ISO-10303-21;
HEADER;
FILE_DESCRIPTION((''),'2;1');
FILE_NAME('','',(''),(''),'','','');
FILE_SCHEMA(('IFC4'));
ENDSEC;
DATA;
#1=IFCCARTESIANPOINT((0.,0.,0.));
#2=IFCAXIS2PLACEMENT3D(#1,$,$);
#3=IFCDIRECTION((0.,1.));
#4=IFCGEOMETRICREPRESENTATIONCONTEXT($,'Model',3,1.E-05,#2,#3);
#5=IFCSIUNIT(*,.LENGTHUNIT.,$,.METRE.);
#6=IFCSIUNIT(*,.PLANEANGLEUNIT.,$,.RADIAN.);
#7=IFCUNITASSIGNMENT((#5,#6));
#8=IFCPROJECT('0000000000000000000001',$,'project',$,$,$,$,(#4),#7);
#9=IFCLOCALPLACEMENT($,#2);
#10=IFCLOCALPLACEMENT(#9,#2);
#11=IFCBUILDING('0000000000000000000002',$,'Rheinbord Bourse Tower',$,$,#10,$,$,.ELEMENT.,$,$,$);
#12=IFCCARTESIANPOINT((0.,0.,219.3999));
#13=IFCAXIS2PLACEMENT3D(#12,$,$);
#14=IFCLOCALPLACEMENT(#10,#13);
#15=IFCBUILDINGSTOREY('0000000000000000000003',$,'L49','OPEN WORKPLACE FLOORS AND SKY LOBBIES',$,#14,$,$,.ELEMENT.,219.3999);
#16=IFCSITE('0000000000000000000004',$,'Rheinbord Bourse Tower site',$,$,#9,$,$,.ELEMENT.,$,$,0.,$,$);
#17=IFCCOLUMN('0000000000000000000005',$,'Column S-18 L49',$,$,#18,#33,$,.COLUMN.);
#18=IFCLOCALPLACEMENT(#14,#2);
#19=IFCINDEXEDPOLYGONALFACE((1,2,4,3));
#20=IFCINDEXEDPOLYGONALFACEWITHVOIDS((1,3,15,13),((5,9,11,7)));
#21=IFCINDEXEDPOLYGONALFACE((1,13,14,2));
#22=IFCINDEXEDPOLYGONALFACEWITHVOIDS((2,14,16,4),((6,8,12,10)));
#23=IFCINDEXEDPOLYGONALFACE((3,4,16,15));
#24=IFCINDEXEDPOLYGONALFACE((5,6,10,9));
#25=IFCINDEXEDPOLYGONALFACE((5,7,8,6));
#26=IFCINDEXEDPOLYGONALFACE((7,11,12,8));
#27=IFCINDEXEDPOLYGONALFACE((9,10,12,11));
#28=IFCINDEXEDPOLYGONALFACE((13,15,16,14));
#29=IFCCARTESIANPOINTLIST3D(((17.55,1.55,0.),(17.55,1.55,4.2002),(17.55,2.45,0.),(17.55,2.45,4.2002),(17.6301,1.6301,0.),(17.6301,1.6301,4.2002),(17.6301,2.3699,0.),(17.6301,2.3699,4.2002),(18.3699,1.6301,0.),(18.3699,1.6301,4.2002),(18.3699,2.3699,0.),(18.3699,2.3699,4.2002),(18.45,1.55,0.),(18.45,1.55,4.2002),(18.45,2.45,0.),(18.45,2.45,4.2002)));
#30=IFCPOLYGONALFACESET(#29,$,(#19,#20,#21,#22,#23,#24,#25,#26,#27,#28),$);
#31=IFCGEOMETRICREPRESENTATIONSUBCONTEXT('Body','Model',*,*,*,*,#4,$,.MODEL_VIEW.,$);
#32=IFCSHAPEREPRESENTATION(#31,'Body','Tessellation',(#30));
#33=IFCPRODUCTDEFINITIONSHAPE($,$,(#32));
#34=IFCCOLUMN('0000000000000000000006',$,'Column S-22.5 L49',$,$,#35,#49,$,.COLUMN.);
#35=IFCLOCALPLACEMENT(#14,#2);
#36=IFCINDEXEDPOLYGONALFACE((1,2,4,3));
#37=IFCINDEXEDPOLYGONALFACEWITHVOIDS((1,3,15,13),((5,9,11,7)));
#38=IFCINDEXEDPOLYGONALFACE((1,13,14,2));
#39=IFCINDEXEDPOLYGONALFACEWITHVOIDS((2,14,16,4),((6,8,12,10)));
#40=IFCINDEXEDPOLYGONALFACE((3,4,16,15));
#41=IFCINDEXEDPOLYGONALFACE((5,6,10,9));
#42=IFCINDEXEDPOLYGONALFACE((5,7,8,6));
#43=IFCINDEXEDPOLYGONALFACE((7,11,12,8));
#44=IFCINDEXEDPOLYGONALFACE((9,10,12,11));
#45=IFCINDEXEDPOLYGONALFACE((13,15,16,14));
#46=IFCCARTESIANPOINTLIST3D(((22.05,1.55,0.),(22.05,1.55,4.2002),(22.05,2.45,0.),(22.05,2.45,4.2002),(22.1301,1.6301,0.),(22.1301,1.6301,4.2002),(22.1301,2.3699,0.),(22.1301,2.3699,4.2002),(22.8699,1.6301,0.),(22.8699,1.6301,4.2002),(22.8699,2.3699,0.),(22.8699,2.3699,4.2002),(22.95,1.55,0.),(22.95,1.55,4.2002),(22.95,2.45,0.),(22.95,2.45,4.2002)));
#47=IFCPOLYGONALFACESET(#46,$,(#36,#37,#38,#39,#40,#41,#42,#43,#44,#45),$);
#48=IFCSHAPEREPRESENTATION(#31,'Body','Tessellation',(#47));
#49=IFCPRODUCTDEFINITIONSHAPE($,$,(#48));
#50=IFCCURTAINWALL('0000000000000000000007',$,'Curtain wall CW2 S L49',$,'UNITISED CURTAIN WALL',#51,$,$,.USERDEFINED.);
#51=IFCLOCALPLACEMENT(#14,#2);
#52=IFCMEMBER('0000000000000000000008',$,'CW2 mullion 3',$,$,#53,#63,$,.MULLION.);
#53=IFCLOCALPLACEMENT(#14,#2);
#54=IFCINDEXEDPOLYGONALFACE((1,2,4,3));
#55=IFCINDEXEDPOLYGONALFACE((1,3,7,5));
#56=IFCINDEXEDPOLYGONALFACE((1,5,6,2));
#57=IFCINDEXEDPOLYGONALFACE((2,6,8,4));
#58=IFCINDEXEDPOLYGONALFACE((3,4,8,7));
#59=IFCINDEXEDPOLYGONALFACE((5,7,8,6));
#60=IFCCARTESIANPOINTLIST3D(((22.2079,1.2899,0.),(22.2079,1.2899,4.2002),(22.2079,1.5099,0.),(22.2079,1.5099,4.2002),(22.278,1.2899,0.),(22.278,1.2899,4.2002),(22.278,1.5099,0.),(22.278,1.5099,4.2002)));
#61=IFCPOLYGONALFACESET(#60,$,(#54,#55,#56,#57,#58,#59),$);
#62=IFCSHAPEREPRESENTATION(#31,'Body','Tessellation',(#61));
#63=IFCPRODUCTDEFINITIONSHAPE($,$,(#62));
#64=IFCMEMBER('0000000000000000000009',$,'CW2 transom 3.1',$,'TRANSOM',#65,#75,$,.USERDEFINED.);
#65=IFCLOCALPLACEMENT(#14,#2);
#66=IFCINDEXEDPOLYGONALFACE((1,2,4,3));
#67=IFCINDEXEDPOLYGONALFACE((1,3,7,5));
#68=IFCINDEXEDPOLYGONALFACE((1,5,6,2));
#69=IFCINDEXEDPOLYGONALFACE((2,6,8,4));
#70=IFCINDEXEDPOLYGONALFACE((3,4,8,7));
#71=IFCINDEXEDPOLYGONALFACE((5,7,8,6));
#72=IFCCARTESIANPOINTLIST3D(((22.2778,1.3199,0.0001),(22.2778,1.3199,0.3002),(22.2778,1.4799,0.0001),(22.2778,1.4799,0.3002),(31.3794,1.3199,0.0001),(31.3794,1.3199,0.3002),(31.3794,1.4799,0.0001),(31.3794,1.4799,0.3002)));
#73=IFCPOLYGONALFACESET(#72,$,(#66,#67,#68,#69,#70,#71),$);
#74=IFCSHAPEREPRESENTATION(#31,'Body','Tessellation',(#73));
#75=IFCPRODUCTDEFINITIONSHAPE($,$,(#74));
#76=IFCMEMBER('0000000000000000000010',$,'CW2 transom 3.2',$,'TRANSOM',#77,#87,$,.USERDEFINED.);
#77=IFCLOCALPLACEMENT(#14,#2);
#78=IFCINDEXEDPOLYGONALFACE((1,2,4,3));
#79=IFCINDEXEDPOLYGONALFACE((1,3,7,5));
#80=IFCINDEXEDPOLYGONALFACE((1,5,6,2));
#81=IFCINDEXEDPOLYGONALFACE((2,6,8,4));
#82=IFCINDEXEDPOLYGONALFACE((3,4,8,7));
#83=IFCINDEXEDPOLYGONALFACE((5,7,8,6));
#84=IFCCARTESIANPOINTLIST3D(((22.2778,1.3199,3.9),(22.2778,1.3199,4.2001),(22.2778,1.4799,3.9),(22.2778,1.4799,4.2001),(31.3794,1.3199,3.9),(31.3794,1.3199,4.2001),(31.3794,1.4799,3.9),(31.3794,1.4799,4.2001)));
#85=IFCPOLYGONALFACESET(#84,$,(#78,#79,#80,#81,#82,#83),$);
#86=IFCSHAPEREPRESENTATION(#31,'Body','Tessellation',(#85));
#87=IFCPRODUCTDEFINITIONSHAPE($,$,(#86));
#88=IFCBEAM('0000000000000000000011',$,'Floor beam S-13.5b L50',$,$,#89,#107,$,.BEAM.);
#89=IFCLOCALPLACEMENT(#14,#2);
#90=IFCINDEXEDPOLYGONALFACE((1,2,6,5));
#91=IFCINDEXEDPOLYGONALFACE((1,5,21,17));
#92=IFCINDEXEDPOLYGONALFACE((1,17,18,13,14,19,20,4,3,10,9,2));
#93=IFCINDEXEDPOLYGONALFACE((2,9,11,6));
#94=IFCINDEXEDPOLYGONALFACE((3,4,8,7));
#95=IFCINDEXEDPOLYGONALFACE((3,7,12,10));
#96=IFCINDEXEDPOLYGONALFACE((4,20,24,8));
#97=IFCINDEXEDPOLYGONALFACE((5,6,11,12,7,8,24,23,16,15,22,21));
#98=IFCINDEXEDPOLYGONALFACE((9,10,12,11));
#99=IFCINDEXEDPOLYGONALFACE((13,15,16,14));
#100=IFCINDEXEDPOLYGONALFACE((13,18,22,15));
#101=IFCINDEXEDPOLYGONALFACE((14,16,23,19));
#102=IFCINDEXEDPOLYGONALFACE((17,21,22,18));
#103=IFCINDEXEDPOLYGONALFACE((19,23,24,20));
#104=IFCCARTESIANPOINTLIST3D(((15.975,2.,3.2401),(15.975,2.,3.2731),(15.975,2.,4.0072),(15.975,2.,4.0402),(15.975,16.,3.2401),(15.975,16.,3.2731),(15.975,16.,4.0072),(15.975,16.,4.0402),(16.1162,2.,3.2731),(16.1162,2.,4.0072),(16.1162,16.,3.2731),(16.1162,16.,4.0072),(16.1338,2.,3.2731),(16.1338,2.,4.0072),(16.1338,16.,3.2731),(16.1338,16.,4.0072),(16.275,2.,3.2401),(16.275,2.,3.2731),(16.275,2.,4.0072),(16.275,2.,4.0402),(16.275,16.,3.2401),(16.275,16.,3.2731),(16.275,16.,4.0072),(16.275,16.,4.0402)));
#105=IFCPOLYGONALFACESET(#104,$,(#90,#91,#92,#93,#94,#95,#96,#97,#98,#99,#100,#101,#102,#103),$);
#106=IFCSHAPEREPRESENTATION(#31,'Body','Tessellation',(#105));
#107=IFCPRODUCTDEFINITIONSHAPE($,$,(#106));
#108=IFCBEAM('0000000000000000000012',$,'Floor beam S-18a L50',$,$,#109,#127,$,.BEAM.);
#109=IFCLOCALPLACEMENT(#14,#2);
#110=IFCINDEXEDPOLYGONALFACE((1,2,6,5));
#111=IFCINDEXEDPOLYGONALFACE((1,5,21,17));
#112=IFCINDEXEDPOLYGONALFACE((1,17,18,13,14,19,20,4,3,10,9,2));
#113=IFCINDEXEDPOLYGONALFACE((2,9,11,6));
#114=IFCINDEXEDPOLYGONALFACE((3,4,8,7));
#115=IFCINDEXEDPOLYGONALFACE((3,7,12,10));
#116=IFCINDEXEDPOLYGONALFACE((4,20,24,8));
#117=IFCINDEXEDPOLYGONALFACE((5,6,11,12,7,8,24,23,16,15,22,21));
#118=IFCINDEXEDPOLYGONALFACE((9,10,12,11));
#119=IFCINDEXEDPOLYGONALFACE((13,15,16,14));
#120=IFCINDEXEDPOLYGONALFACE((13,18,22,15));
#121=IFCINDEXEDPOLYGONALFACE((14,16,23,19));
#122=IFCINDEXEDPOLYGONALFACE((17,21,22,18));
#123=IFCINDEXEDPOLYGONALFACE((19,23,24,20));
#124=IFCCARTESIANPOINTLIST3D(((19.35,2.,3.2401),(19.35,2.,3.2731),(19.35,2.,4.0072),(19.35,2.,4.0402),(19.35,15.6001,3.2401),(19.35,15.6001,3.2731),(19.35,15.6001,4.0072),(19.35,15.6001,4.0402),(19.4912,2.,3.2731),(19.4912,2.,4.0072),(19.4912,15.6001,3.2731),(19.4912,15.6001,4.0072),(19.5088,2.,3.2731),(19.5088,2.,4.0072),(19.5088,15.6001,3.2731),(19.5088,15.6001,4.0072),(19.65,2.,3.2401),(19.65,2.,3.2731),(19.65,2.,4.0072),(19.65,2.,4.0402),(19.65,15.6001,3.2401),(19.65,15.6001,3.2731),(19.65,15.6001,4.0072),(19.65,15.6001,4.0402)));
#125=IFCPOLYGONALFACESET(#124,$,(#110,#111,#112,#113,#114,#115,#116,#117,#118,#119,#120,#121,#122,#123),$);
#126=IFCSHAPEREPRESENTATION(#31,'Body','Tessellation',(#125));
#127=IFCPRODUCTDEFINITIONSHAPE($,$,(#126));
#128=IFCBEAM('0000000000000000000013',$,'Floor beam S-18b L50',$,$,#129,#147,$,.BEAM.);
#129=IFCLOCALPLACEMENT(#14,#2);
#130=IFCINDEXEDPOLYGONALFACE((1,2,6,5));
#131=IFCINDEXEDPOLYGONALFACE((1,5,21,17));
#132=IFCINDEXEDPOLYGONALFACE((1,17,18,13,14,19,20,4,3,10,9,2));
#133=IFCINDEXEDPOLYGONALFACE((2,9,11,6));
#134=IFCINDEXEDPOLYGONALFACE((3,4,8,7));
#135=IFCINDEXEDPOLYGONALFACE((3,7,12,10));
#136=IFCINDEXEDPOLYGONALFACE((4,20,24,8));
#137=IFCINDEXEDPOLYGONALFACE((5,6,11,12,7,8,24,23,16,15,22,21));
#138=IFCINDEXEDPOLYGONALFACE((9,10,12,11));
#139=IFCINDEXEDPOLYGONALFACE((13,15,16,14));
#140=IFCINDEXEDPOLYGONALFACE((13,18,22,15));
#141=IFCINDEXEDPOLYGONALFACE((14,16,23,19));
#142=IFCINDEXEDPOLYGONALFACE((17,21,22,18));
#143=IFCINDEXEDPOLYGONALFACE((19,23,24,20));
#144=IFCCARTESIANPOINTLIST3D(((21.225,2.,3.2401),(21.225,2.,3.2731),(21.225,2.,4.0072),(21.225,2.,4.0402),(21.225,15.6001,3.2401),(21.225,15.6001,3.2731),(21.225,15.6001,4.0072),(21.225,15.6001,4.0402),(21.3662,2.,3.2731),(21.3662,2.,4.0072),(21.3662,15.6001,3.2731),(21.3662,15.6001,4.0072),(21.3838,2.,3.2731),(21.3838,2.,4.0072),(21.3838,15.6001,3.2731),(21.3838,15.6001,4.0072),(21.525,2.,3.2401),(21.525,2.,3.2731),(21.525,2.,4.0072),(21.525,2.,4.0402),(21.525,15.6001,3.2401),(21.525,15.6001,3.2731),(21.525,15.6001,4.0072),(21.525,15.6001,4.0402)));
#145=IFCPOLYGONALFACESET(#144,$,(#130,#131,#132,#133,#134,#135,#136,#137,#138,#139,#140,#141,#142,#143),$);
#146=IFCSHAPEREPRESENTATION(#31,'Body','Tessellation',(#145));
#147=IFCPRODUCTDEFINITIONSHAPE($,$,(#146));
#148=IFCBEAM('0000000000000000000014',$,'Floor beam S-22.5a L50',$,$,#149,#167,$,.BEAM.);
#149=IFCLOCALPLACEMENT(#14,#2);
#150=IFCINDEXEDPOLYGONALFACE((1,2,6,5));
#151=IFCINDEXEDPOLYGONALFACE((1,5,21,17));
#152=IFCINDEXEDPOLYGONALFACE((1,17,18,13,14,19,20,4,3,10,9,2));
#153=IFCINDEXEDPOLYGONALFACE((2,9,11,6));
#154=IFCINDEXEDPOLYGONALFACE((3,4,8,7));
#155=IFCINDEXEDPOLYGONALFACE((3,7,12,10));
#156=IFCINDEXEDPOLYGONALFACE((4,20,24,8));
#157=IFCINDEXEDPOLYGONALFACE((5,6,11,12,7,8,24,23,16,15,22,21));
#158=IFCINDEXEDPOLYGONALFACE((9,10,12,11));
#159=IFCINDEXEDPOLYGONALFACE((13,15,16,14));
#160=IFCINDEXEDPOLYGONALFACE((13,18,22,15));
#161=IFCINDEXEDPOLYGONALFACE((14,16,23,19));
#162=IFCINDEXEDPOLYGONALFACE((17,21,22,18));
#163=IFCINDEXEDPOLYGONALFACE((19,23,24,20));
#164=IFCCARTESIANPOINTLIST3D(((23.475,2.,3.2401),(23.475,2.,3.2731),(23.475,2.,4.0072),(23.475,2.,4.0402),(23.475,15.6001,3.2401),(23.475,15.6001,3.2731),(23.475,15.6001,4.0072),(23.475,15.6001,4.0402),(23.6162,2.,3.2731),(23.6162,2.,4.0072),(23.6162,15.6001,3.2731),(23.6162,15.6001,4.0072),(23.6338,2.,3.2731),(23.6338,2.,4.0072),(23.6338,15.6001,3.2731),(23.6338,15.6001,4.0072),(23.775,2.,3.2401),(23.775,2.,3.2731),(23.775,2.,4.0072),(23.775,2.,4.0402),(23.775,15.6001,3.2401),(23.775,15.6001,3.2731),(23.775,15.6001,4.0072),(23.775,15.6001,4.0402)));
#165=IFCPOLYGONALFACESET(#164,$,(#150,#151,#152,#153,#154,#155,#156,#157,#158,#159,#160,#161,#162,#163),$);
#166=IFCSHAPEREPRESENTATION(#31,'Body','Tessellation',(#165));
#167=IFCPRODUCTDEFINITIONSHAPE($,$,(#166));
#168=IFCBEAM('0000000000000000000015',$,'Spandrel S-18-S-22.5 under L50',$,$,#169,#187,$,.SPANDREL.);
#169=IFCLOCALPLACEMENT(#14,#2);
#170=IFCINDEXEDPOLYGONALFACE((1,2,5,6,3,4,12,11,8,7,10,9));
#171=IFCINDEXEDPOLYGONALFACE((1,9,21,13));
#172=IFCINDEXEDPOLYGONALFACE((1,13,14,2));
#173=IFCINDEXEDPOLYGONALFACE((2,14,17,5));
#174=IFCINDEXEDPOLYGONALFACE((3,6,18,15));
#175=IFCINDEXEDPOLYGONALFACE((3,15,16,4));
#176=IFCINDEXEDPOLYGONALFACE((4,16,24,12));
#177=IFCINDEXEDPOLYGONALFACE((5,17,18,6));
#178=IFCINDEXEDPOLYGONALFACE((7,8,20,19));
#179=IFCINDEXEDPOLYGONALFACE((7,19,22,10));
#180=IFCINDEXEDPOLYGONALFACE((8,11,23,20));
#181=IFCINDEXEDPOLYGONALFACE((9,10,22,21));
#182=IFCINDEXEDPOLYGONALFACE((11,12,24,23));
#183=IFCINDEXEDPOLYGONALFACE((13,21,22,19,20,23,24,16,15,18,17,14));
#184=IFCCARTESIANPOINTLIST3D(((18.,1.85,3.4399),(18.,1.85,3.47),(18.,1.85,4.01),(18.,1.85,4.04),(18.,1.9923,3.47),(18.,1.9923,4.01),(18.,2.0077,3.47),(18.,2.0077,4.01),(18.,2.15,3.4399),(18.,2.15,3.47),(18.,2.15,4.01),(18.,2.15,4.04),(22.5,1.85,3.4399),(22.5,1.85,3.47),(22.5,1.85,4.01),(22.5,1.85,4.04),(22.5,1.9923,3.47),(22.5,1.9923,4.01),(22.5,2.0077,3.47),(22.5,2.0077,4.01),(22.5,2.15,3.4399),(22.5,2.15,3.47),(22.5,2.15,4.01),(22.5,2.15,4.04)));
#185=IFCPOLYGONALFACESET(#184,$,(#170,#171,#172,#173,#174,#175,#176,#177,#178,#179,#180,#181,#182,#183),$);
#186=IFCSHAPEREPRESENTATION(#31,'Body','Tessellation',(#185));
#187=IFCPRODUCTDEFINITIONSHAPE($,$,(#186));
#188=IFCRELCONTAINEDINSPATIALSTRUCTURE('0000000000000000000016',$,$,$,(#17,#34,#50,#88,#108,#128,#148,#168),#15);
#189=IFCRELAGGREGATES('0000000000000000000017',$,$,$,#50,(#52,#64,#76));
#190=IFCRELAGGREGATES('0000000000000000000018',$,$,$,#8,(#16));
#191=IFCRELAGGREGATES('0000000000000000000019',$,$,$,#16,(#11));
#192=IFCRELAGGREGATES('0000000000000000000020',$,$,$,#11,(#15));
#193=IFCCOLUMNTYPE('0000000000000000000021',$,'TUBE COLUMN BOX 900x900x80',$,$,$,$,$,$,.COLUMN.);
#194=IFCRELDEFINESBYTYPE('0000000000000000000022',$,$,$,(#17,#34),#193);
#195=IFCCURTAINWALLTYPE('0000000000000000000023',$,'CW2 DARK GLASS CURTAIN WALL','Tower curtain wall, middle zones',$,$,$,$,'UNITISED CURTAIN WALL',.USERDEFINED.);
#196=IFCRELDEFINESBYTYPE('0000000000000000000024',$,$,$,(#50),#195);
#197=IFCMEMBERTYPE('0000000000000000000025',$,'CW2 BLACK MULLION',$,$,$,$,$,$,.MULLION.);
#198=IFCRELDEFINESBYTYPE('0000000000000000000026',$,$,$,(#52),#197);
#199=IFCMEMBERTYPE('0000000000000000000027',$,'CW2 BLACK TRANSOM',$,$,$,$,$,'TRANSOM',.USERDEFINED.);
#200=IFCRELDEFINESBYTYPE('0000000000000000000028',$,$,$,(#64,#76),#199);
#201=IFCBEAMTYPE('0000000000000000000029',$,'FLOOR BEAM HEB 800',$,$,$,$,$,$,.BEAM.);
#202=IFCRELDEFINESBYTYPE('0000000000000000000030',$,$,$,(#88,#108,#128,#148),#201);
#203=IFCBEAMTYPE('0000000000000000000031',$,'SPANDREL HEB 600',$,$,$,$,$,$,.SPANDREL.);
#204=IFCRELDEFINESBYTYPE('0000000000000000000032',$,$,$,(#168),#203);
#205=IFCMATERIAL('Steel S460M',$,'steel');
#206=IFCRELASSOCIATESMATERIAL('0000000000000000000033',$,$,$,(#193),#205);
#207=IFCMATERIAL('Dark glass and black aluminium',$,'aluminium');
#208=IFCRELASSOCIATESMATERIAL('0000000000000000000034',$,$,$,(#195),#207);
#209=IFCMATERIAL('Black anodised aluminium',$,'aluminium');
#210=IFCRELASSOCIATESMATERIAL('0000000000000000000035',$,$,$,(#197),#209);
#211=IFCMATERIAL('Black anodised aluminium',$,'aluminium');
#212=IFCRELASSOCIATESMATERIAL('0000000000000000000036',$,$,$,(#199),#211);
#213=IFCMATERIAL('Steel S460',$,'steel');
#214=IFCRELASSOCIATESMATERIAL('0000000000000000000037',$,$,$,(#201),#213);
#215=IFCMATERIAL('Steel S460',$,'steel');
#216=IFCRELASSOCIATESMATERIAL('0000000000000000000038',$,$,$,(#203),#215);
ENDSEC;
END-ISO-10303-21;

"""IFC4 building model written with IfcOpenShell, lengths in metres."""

from ifc_helpers import new_model, si_unit, direction, frame, origin, origin_2d, place, context, subcontext, project, spatial, rectangle, hollow_rectangle, i_section, extrude, material, material_profile, profile_set, type_object, element, aggregate, save


model = new_model("IFC4")

# Units and contexts
model_context = context("Model", 3, precision=1e-05, world=origin(), true_north=direction((0.0, 1.0)))
body_context = subcontext(model_context, "Body", "Model", "MODEL_VIEW")
ifc_project = project(units=[si_unit("LENGTHUNIT", "METRE"), si_unit("PLANEANGLEUNIT", "RADIAN")], contexts=[model_context])

# Site, building, storey
site_placement = place(None, origin())
site = spatial("IfcSite", under=ifc_project, at=site_placement, Name="Rheinbord Bourse Tower site", CompositionType="ELEMENT", RefElevation=0.0)
building_placement = place(site_placement, origin())
building = spatial("IfcBuilding", under=site, at=building_placement, Name="Rheinbord Bourse Tower", CompositionType="ELEMENT")
storey_placement = place(building_placement, frame((0.0, 0.0, 219.3999)))
storey = spatial("IfcBuildingStorey", under=building, at=storey_placement, Name="L49", Description="OPEN WORKPLACE FLOORS AND SKY LOBBIES", CompositionType="ELEMENT", Elevation=219.3999)

# Columns
ifc_material_1 = material(Name="Steel S460M", Category="steel")
ifc_material_profile_1 = material_profile(ifc_material_1, hollow_rectangle(XDim=0.8999, YDim=0.8999, WallThickness=0.0801, at=origin_2d()), Name="BOX 900x900x80")
ifc_profile_set_1 = profile_set([ifc_material_profile_1], Name="Steel S460M")
column_type = type_object("IfcColumnType", Name="TUBE COLUMN BOX 900x900x80", PredefinedType="COLUMN", material=ifc_profile_set_1)
for number, where, z_axis, x_axis, name in (
    (1, (18.0, 2.0, 0.0), (0.0, 0.0, 1.0), (0.0, 1.0, 0.0), "Column S-18 L49"),
    (2, (22.5, 2.0, 0.0), (0.0, 0.0, 1.0), (0.0, 1.0, 0.0), "Column S-22.5 L49"),
):
    element("IfcColumn", number, at=place(storey_placement, frame(where, z_axis=z_axis, x_axis=x_axis)), inside=storey, type_object=column_type, Name=name, PredefinedType="COLUMN", context=body_context, shape_type="SweptSolid", body=[
        extrude(hollow_rectangle(XDim=0.8999, YDim=0.8999, WallThickness=0.0801, at=origin_2d()), origin(), (0.0, 0.0, 1.0), 4.2002),
    ])

# Curtain wall, members
ifc_material_2 = material(Name="Dark glass and black aluminium", Category="aluminium")
curtain_wall_type = type_object("IfcCurtainWallType", Name="CW2 DARK GLASS CURTAIN WALL", Description="Tower curtain wall, middle zones", ElementType="UNITISED CURTAIN WALL", PredefinedType="USERDEFINED", material=ifc_material_2)
curtain_wall_placement = place(storey_placement, origin())
curtain_wall = element("IfcCurtainWall", 3, at=curtain_wall_placement, inside=storey, type_object=curtain_wall_type, Name="Curtain wall CW2 S L49", ObjectType="UNITISED CURTAIN WALL", PredefinedType="USERDEFINED")
ifc_material_3 = material(Name="Black anodised aluminium", Category="aluminium")
ifc_material_profile_2 = material_profile(ifc_material_3, rectangle(XDim=0.22, YDim=0.0701, at=origin_2d()), Name="CW2 MULLION 70x220")
ifc_profile_set_2 = profile_set([ifc_material_profile_2], Name="Black anodised aluminium")
member_type_1 = type_object("IfcMemberType", Name="CW2 BLACK MULLION", PredefinedType="MULLION", material=ifc_profile_set_2)
member_1_placement = place(storey_placement, frame((22.2429, 1.3999, 0.0), z_axis=(0.0, 0.0, 1.0), x_axis=(0.0, 1.0, 0.0)))
member_1 = element("IfcMember", 4, at=member_1_placement, type_object=member_type_1, Name="CW2 mullion 3", PredefinedType="MULLION", context=body_context, shape_type="SweptSolid", body=[
    extrude(rectangle(XDim=0.22, YDim=0.0701, at=origin_2d()), origin(), (0.0, 0.0, 1.0), 4.2002),
])
ifc_material_4 = material(Name="Black anodised aluminium", Category="aluminium")
ifc_material_profile_3 = material_profile(ifc_material_4, rectangle(XDim=0.1599, YDim=0.3, at=origin_2d()), Name="CW2 TRANSOM 300x160")
ifc_profile_set_3 = profile_set([ifc_material_profile_3], Name="Black anodised aluminium")
member_type_2 = type_object("IfcMemberType", Name="CW2 BLACK TRANSOM", ElementType="TRANSOM", PredefinedType="USERDEFINED", material=ifc_profile_set_3)
member_2_placement = place(storey_placement, frame((22.2778, 1.3999, 0.1501), z_axis=(1.0, 0.0, 0.0), x_axis=(0.0, 1.0, 0.0)))
member_2 = element("IfcMember", 5, at=member_2_placement, type_object=member_type_2, Name="CW2 transom 3.1", ObjectType="TRANSOM", PredefinedType="USERDEFINED", context=body_context, shape_type="SweptSolid", body=[
    extrude(rectangle(XDim=0.1599, YDim=0.3, at=origin_2d()), origin(), (0.0, 0.0, 1.0), 9.1016),
])
member_3_placement = place(storey_placement, frame((22.2778, 1.3999, 4.05), z_axis=(1.0, 0.0, 0.0), x_axis=(0.0, 1.0, 0.0)))
member_3 = element("IfcMember", 6, at=member_3_placement, type_object=member_type_2, Name="CW2 transom 3.2", ObjectType="TRANSOM", PredefinedType="USERDEFINED", context=body_context, shape_type="SweptSolid", body=[
    extrude(rectangle(XDim=0.1599, YDim=0.3, at=origin_2d()), origin(), (0.0, 0.0, 1.0), 9.1016),
])

# Beams
ifc_material_5 = material(Name="Steel S460", Category="steel")
ifc_material_profile_4 = material_profile(ifc_material_5, i_section(OverallWidth=0.3, OverallDepth=0.8, WebThickness=0.0176, FlangeThickness=0.033, at=origin_2d()), Name="HEB 800")
ifc_profile_set_4 = profile_set([ifc_material_profile_4], Name="Steel S460")
beam_type_1 = type_object("IfcBeamType", Name="FLOOR BEAM HEB 800", PredefinedType="BEAM", material=ifc_profile_set_4)
beam_placement = place(storey_placement, frame((16.125, 2.0, 3.6401), z_axis=(0.0, 1.0, 0.0), x_axis=(-1.0, 0.0, 0.0)))
element("IfcBeam", 7, at=beam_placement, inside=storey, type_object=beam_type_1, Name="Floor beam S-13.5b L50", PredefinedType="BEAM", context=body_context, shape_type="SweptSolid", body=[
    extrude(i_section(OverallWidth=0.3, OverallDepth=0.8, WebThickness=0.0176, FlangeThickness=0.033, at=origin_2d()), origin(), (0.0, 0.0, 1.0), 14.0),
])
for number, where, z_axis, x_axis, name in (
    (8, (19.5, 2.0, 3.6401), (0.0, 1.0, 0.0), (-1.0, 0.0, 0.0), "Floor beam S-18a L50"),
    (9, (21.375, 2.0, 3.6401), (0.0, 1.0, 0.0), (-1.0, 0.0, 0.0), "Floor beam S-18b L50"),
    (10, (23.625, 2.0, 3.6401), (0.0, 1.0, 0.0), (-1.0, 0.0, 0.0), "Floor beam S-22.5a L50"),
):
    element("IfcBeam", number, at=place(storey_placement, frame(where, z_axis=z_axis, x_axis=x_axis)), inside=storey, type_object=beam_type_1, Name=name, PredefinedType="BEAM", context=body_context, shape_type="SweptSolid", body=[
        extrude(i_section(OverallWidth=0.3, OverallDepth=0.8, WebThickness=0.0176, FlangeThickness=0.033, at=origin_2d()), origin(), (0.0, 0.0, 1.0), 13.6001),
    ])
ifc_material_6 = material(Name="Steel S460", Category="steel")
ifc_material_profile_5 = material_profile(ifc_material_6, i_section(OverallWidth=0.3, OverallDepth=0.6001, WebThickness=0.0154, FlangeThickness=0.03, at=origin_2d()), Name="HEB 600")
ifc_profile_set_5 = profile_set([ifc_material_profile_5], Name="Steel S460")
beam_type_2 = type_object("IfcBeamType", Name="SPANDREL HEB 600", PredefinedType="SPANDREL", material=ifc_profile_set_5)
for number, where, z_axis, x_axis, name in (
    (11, (18.0, 2.0, 3.74), (1.0, 0.0, 0.0), (0.0, 1.0, 0.0), "Spandrel S-18-S-22.5 under L50"),
):
    element("IfcBeam", number, at=place(storey_placement, frame(where, z_axis=z_axis, x_axis=x_axis)), inside=storey, type_object=beam_type_2, Name=name, PredefinedType="SPANDREL", context=body_context, shape_type="SweptSolid", body=[
        extrude(i_section(OverallWidth=0.3, OverallDepth=0.6001, WebThickness=0.0154, FlangeThickness=0.03, at=origin_2d()), origin(), (0.0, 0.0, 1.0), 4.5),
    ])

aggregate(curtain_wall, [member_1, member_2, member_3])

save(model, "model.ifc")
